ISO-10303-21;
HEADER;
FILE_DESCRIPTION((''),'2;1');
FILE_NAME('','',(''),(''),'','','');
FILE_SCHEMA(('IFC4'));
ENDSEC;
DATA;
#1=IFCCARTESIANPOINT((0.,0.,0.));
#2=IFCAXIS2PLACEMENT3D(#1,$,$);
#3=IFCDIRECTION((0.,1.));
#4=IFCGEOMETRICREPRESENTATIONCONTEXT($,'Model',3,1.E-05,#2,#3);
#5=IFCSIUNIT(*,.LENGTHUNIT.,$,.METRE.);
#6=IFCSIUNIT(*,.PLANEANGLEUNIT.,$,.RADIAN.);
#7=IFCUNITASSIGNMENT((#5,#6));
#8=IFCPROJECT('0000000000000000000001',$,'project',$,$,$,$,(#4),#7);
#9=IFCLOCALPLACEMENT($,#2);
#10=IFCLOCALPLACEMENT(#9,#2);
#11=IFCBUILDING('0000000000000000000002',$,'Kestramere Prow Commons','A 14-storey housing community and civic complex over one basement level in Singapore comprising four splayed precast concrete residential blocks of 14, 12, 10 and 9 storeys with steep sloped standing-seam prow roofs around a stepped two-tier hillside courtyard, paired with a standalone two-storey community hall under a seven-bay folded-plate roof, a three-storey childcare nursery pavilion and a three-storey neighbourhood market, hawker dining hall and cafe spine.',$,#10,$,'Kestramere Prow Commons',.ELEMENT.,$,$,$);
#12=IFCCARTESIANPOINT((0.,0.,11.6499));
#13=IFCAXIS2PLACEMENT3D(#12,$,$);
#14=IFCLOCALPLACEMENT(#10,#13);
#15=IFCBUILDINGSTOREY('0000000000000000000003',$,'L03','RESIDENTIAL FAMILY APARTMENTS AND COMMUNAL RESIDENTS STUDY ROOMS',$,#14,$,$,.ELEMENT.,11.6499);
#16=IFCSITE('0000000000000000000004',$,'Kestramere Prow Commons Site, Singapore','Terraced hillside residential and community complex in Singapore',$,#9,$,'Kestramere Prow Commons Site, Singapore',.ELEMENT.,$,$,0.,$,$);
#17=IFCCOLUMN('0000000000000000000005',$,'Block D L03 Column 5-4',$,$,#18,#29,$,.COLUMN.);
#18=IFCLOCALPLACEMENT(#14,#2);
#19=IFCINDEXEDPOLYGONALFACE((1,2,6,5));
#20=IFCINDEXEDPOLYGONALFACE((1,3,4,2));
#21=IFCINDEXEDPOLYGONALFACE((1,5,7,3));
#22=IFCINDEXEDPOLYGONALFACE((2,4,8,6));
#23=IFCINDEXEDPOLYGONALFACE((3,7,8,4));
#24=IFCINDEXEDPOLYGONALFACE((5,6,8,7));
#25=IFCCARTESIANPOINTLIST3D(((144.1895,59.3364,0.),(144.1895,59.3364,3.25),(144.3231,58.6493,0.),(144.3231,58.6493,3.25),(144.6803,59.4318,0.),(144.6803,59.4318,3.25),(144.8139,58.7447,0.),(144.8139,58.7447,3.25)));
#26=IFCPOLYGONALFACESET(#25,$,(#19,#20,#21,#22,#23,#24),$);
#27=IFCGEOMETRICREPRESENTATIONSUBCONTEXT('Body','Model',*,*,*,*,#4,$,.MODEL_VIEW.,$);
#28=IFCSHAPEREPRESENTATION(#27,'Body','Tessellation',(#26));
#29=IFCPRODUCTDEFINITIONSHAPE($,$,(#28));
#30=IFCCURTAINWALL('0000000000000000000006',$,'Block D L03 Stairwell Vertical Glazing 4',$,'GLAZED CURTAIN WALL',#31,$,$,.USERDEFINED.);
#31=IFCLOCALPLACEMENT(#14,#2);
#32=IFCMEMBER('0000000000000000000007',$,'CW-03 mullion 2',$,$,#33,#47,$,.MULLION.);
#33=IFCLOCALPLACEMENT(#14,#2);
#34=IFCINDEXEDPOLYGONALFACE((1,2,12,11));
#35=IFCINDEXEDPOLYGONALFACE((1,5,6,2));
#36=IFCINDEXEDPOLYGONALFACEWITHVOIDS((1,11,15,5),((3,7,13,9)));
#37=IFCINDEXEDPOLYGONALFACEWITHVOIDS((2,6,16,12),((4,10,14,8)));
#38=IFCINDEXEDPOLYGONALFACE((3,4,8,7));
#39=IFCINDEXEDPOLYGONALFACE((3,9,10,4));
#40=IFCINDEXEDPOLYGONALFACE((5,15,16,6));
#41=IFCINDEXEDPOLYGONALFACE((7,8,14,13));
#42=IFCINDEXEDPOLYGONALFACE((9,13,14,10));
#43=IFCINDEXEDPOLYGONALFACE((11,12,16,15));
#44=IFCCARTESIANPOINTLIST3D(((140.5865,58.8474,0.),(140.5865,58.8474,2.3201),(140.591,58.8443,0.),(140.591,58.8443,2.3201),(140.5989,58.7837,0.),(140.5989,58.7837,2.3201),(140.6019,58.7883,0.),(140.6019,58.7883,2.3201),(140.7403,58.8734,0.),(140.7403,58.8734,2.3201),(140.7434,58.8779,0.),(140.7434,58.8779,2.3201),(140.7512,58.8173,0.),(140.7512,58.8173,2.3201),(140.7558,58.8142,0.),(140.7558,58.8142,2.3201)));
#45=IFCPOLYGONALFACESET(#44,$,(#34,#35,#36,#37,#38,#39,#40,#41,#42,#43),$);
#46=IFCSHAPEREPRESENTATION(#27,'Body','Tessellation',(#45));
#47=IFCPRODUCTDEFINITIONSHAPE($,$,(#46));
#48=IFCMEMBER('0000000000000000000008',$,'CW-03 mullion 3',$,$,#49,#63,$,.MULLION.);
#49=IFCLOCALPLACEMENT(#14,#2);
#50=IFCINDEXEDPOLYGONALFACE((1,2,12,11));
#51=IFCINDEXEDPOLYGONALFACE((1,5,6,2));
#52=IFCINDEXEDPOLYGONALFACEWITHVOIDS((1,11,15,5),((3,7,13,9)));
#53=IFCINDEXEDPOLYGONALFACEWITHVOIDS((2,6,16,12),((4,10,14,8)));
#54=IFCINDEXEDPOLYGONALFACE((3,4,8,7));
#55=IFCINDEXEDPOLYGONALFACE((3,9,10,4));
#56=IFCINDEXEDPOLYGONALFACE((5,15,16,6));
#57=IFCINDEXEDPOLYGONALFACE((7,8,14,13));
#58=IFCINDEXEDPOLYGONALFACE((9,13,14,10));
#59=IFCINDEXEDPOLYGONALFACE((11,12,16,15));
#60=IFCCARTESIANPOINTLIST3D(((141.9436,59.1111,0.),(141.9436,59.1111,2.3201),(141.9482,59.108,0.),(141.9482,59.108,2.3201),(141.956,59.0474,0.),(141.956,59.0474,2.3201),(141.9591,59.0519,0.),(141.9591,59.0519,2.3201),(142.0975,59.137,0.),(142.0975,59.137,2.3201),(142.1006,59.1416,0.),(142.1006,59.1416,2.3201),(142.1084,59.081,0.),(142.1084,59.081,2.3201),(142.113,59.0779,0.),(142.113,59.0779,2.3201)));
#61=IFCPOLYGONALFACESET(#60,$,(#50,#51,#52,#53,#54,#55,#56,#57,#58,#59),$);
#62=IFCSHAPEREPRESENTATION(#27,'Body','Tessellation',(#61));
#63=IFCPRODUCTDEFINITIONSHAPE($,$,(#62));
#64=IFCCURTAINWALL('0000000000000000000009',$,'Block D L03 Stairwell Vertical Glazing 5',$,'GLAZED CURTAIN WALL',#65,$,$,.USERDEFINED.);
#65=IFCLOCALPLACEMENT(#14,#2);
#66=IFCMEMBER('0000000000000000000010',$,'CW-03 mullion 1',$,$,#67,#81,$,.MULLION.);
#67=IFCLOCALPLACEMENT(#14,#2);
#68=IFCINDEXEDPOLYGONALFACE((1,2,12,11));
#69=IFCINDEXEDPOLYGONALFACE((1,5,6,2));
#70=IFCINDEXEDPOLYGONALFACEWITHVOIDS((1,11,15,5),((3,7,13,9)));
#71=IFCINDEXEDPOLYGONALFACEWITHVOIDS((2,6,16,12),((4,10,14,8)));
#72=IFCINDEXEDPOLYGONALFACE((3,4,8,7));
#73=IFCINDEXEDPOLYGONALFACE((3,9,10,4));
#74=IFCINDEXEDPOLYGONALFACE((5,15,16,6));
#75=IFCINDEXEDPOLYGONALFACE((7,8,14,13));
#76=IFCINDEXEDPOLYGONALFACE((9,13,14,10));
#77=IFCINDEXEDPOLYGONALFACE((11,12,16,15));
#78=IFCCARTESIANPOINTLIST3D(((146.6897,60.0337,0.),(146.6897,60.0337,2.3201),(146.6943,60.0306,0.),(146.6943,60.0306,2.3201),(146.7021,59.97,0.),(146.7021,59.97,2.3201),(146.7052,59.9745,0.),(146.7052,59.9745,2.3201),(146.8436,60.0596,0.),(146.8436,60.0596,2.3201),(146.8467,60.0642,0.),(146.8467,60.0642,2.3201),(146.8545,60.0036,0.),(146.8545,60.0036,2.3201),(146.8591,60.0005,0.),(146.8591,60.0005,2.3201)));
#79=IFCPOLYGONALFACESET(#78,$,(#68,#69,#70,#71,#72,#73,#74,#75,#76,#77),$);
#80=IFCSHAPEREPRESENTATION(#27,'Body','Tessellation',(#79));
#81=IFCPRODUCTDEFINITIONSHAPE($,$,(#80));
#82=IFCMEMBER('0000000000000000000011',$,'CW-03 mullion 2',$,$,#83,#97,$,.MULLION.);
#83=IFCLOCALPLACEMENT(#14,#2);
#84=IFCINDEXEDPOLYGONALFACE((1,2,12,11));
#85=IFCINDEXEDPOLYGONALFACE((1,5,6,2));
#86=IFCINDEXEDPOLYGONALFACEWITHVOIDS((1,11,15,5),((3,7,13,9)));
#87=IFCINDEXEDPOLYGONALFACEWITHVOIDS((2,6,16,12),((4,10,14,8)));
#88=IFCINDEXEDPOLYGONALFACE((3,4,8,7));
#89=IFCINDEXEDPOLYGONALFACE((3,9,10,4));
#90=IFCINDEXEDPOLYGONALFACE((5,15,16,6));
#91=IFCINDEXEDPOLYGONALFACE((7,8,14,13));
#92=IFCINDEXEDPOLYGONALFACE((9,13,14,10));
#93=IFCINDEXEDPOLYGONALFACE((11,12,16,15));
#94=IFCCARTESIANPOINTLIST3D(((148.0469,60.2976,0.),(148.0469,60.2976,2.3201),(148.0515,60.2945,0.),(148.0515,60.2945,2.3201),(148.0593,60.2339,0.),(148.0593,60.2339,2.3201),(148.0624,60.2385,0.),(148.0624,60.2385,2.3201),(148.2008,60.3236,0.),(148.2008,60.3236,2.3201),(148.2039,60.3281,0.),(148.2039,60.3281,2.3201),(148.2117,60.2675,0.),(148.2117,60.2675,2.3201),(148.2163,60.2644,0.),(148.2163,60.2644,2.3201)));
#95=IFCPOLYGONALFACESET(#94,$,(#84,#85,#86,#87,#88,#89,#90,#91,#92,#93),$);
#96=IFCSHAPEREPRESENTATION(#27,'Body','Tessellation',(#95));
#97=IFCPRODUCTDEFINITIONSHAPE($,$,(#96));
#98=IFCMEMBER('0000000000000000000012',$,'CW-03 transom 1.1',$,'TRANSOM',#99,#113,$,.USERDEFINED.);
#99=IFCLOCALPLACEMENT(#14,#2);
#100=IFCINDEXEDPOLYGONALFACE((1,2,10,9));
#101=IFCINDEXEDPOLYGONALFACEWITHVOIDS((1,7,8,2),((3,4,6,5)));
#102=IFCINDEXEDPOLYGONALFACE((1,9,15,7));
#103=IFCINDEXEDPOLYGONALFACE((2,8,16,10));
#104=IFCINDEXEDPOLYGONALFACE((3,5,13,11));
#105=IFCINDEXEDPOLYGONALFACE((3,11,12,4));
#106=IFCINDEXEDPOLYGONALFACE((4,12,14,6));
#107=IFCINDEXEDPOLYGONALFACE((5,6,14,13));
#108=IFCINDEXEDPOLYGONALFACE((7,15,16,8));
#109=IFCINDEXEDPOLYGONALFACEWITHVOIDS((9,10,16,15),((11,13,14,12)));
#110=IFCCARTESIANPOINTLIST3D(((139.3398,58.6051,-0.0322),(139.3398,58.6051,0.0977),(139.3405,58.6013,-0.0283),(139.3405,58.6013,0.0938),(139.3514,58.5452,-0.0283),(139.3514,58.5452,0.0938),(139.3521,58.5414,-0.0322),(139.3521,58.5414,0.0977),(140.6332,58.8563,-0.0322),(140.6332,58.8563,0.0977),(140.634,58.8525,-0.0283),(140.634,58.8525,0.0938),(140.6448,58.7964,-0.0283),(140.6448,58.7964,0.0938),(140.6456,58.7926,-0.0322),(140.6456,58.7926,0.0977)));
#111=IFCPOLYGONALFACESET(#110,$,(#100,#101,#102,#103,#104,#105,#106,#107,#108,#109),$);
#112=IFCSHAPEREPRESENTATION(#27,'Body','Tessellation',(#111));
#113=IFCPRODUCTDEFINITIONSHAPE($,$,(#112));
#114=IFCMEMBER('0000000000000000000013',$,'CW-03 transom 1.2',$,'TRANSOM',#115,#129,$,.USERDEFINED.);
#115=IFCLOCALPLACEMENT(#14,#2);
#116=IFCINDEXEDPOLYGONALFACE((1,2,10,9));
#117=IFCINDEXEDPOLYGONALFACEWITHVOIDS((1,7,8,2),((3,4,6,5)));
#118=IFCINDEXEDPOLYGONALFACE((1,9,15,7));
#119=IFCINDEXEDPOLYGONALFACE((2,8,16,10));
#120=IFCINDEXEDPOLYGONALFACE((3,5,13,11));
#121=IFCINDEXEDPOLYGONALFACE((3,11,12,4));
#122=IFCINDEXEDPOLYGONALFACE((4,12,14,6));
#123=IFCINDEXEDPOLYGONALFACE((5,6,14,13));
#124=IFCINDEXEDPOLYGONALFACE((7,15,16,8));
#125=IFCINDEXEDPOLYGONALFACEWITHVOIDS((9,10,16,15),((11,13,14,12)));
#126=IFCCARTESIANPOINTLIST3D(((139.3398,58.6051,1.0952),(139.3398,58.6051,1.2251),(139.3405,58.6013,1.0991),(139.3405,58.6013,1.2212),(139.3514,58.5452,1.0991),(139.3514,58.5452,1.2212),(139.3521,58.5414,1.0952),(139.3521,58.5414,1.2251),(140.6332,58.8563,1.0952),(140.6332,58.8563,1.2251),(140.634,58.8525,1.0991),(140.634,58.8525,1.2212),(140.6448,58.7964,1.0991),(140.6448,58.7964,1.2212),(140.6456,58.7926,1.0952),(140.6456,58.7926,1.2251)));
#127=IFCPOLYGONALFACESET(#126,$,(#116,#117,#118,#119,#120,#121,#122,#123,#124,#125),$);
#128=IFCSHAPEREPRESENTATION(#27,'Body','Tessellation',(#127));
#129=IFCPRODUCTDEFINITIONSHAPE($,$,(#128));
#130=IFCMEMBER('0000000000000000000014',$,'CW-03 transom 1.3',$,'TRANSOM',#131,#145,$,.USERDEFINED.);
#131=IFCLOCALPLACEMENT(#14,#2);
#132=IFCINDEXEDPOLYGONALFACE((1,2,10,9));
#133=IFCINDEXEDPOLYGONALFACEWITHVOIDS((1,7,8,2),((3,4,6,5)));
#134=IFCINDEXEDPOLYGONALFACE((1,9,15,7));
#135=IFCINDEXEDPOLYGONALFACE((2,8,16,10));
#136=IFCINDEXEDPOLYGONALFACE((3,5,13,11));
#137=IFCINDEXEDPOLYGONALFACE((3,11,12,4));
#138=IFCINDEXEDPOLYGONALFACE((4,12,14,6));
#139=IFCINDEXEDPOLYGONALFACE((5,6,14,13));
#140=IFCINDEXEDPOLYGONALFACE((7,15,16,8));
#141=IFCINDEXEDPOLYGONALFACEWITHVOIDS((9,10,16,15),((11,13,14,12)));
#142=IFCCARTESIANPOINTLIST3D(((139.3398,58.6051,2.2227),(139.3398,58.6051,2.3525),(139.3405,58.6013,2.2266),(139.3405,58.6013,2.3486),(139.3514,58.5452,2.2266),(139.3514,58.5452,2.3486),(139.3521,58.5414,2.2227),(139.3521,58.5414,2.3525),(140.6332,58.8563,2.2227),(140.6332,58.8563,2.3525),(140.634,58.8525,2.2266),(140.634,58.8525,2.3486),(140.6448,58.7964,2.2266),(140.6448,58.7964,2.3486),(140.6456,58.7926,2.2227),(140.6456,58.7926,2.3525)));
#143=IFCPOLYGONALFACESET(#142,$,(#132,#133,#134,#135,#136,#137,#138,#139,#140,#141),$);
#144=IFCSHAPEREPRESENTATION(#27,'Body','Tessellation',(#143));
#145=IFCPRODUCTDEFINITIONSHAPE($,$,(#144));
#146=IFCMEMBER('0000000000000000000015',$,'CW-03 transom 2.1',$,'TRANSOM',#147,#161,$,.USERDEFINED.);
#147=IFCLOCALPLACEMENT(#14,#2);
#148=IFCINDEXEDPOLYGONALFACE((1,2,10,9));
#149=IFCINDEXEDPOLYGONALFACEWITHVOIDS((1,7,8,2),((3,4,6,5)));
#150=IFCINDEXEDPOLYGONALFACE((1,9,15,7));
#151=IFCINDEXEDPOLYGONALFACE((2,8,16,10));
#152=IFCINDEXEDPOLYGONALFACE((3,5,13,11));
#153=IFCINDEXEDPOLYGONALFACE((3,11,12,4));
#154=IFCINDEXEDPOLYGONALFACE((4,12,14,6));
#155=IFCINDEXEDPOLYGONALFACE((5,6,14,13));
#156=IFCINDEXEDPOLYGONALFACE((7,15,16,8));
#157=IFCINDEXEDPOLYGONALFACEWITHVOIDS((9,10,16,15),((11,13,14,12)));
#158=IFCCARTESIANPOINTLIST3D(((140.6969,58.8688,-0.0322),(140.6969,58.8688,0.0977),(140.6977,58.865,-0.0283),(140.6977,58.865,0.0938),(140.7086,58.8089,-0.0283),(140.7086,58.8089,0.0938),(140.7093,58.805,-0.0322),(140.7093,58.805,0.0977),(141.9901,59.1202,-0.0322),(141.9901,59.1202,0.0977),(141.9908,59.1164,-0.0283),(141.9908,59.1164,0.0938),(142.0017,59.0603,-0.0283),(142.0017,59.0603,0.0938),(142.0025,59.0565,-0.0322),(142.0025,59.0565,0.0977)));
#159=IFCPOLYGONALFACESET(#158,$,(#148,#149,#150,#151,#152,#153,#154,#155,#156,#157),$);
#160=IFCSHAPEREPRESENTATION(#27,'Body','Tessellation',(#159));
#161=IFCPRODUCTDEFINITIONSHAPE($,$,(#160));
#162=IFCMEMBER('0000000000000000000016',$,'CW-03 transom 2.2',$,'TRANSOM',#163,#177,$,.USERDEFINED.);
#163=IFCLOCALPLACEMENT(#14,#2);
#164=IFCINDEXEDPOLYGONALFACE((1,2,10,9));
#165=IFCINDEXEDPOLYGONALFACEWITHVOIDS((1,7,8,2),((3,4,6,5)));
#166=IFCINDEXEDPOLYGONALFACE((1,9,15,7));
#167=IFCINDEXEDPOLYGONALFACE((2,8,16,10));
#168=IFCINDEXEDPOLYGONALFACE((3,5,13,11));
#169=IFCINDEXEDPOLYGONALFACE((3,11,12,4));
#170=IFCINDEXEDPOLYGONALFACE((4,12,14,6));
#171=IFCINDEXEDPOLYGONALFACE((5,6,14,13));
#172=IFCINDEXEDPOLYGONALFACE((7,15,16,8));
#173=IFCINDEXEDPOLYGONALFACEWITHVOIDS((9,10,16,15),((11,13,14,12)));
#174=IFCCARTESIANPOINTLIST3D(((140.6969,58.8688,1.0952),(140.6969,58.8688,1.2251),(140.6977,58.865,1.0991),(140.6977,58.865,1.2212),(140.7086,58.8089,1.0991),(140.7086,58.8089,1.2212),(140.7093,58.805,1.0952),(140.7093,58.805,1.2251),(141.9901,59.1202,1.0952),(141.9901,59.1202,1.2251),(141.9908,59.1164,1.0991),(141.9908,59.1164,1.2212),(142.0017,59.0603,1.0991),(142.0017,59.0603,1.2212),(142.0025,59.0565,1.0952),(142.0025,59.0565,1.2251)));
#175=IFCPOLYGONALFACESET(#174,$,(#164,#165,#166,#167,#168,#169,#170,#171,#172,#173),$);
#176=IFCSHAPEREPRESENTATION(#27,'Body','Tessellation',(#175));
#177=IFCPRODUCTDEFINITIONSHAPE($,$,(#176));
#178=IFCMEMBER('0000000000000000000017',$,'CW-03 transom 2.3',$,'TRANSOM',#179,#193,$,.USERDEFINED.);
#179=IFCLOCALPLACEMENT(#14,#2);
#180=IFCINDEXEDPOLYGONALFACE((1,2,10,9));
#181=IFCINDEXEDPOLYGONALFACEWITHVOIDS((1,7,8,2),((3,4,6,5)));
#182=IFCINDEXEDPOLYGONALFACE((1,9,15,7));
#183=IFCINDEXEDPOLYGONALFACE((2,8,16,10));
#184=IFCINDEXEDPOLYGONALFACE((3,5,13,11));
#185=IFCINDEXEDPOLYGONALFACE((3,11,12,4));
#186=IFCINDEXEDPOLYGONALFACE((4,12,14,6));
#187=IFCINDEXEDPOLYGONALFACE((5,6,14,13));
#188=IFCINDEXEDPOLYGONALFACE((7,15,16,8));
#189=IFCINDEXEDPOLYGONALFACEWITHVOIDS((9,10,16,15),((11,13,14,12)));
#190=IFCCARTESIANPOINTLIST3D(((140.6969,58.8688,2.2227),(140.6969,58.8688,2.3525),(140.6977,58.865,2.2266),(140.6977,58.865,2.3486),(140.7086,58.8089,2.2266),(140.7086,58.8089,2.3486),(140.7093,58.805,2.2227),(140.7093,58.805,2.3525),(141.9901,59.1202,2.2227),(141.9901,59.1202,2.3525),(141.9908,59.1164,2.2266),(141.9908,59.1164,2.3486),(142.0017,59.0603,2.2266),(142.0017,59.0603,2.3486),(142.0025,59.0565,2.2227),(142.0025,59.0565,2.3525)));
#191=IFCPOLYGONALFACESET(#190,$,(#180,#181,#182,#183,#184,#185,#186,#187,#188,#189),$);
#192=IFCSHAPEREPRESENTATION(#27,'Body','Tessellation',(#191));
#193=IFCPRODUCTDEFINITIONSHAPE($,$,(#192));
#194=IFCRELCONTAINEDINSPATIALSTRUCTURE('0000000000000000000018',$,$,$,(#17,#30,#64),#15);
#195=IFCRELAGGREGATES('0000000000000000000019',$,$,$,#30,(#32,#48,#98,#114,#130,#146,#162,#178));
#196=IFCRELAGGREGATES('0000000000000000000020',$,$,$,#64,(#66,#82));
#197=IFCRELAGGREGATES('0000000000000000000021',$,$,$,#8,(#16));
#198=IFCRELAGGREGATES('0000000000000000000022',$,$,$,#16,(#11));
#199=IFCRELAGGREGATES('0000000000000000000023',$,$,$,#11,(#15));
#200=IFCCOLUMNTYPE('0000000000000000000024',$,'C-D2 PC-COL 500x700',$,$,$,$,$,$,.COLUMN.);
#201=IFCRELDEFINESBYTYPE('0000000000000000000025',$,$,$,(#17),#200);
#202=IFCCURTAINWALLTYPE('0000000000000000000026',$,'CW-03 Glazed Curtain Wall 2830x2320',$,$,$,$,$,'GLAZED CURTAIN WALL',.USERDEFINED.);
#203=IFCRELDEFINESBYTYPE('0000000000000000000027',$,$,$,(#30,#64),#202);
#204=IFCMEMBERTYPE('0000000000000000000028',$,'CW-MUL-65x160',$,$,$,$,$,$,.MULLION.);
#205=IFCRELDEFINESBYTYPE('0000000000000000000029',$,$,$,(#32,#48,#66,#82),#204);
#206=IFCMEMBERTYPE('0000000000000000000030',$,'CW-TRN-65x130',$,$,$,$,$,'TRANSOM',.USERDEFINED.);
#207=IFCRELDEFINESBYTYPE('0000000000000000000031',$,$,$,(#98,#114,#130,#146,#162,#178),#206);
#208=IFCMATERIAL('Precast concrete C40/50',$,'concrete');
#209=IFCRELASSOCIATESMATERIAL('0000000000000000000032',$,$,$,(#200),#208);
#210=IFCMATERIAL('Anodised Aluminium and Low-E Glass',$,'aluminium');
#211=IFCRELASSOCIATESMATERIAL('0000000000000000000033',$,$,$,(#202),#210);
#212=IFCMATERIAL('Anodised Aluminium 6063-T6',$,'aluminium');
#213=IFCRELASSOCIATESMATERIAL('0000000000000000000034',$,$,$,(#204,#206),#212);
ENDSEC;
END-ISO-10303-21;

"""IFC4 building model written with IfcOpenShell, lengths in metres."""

from ifc_helpers import new_model, si_unit, direction, frame, origin, origin_2d, place, context, subcontext, project, spatial, rectangle, hollow_rectangle, extrude, material, material_profile, profile_set, type_object, element, aggregate, save


model = new_model("IFC4")

# Units and contexts
model_context = context("Model", 3, precision=1e-05, world=origin(), true_north=direction((0.0, 1.0)))
body_context = subcontext(model_context, "Body", "Model", "MODEL_VIEW")
ifc_project = project(units=[si_unit("LENGTHUNIT", "METRE"), si_unit("PLANEANGLEUNIT", "RADIAN")], contexts=[model_context])

# Site, building, storey
site_placement = place(None, origin())
site = spatial("IfcSite", under=ifc_project, at=site_placement, Name="Kestramere Prow Commons Site, Singapore", Description="Terraced hillside residential and community complex in Singapore", LongName="Kestramere Prow Commons Site, Singapore", CompositionType="ELEMENT", RefElevation=0.0)
building_placement = place(site_placement, origin())
building = spatial("IfcBuilding", under=site, at=building_placement, Name="Kestramere Prow Commons", Description="A 14-storey housing community and civic complex over one basement level in Singapore comprising four splayed precast concrete residential blocks of 14, 12, 10 and 9 storeys with steep sloped standing-seam prow roofs around a stepped two-tier hillside courtyard, paired with a standalone two-storey community hall under a seven-bay folded-plate roof, a three-storey childcare nursery pavilion and a three-storey neighbourhood market, hawker dining hall and cafe spine.", LongName="Kestramere Prow Commons", CompositionType="ELEMENT")
storey_placement = place(building_placement, frame((0.0, 0.0, 11.6499)))
storey = spatial("IfcBuildingStorey", under=building, at=storey_placement, Name="L03", Description="RESIDENTIAL FAMILY APARTMENTS AND COMMUNAL RESIDENTS STUDY ROOMS", CompositionType="ELEMENT", Elevation=11.6499)

# Column
ifc_material_1 = material(Name="Precast concrete C40/50", Category="concrete")
ifc_material_profile_1 = material_profile(ifc_material_1, rectangle(XDim=0.5, YDim=0.7, at=origin_2d()), Name="PC-COL 500x700")
ifc_profile_set_1 = profile_set([ifc_material_profile_1], Name="Precast concrete C40/50")
column_type = type_object("IfcColumnType", Name="C-D2 PC-COL 500x700", PredefinedType="COLUMN", material=ifc_profile_set_1)
column_placement = place(storey_placement, frame((144.5017, 59.0405, 0.0), z_axis=(0.0, 0.0, 1.0), x_axis=(0.981627, 0.190809, 0.0)))
element("IfcColumn", 1, at=column_placement, inside=storey, type_object=column_type, Name="Block D L03 Column 5-4", PredefinedType="COLUMN", context=body_context, shape_type="SweptSolid", body=[
    extrude(rectangle(XDim=0.5, YDim=0.7, at=origin_2d()), origin(), (0.0, 0.0, 1.0), 3.25),
])

# Curtain walls, members
ifc_material_2 = material(Name="Anodised Aluminium and Low-E Glass", Category="aluminium")
curtain_wall_type = type_object("IfcCurtainWallType", Name="CW-03 Glazed Curtain Wall 2830x2320", ElementType="GLAZED CURTAIN WALL", PredefinedType="USERDEFINED", material=ifc_material_2)
curtain_wall_1_placement = place(storey_placement, origin())
curtain_wall_1 = element("IfcCurtainWall", 2, at=curtain_wall_1_placement, inside=storey, type_object=curtain_wall_type, Name="Block D L03 Stairwell Vertical Glazing 4", ObjectType="GLAZED CURTAIN WALL", PredefinedType="USERDEFINED")
ifc_material_3 = material(Name="Anodised Aluminium 6063-T6", Category="aluminium")
ifc_material_profile_2 = material_profile(ifc_material_3, hollow_rectangle(XDim=0.0649, YDim=0.1599, WallThickness=0.0039, at=origin_2d()), Name="ALU-MUL 65x160")
ifc_profile_set_2 = profile_set([ifc_material_profile_2], Name="Anodised Aluminium 6063-T6")
member_type_1 = type_object("IfcMemberType", Name="CW-MUL-65x160", PredefinedType="MULLION", material=ifc_profile_set_2)
member_1_placement = place(storey_placement, frame((140.6711, 58.8308, 0.0), z_axis=(0.0, 0.0, 1.0), x_axis=(-0.190809, 0.981627, 0.0)))
member_1 = element("IfcMember", 3, at=member_1_placement, type_object=member_type_1, Name="CW-03 mullion 2", PredefinedType="MULLION", context=body_context, shape_type="SweptSolid", body=[
    extrude(hollow_rectangle(XDim=0.0649, YDim=0.1599, WallThickness=0.0039, at=origin_2d()), origin(), (0.0, 0.0, 1.0), 2.3201),
])
member_2_placement = place(storey_placement, frame((142.0283, 59.0945, 0.0), z_axis=(0.0, 0.0, 1.0), x_axis=(-0.190809, 0.981627, 0.0)))
member_2 = element("IfcMember", 4, at=member_2_placement, type_object=member_type_1, Name="CW-03 mullion 3", PredefinedType="MULLION", context=body_context, shape_type="SweptSolid", body=[
    extrude(hollow_rectangle(XDim=0.0649, YDim=0.1599, WallThickness=0.0039, at=origin_2d()), origin(), (0.0, 0.0, 1.0), 2.3201),
])
curtain_wall_2_placement = place(storey_placement, origin())
curtain_wall_2 = element("IfcCurtainWall", 5, at=curtain_wall_2_placement, inside=storey, type_object=curtain_wall_type, Name="Block D L03 Stairwell Vertical Glazing 5", ObjectType="GLAZED CURTAIN WALL", PredefinedType="USERDEFINED")
member_3_placement = place(storey_placement, frame((146.7744, 60.0171, 0.0), z_axis=(0.0, 0.0, 1.0), x_axis=(-0.190809, 0.981627, 0.0)))
member_3 = element("IfcMember", 6, at=member_3_placement, type_object=member_type_1, Name="CW-03 mullion 1", PredefinedType="MULLION", context=body_context, shape_type="SweptSolid", body=[
    extrude(hollow_rectangle(XDim=0.0649, YDim=0.1599, WallThickness=0.0039, at=origin_2d()), origin(), (0.0, 0.0, 1.0), 2.3201),
])
member_4_placement = place(storey_placement, frame((148.1316, 60.281, 0.0), z_axis=(0.0, 0.0, 1.0), x_axis=(-0.190809, 0.981627, 0.0)))
member_4 = element("IfcMember", 7, at=member_4_placement, type_object=member_type_1, Name="CW-03 mullion 2", PredefinedType="MULLION", context=body_context, shape_type="SweptSolid", body=[
    extrude(hollow_rectangle(XDim=0.0649, YDim=0.1599, WallThickness=0.0039, at=origin_2d()), origin(), (0.0, 0.0, 1.0), 2.3201),
])

# Members
ifc_material_profile_3 = material_profile(ifc_material_3, hollow_rectangle(XDim=0.0649, YDim=0.1299, WallThickness=0.0039, at=origin_2d()), Name="ALU-TRN 65x130")
ifc_profile_set_3 = profile_set([ifc_material_profile_3], Name="Anodised Aluminium 6063-T6")
member_type_2 = type_object("IfcMemberType", Name="CW-TRN-65x130", ElementType="TRANSOM", PredefinedType="USERDEFINED", material=ifc_profile_set_3)
member_5_placement = place(storey_placement, frame((139.3459, 58.5732, 0.0327), z_axis=(0.981656, 0.190661, 0.0), x_axis=(-0.190661, 0.981656, 0.0)))
member_5 = element("IfcMember", 8, at=member_5_placement, type_object=member_type_2, Name="CW-03 transom 1.1", ObjectType="TRANSOM", PredefinedType="USERDEFINED", context=body_context, shape_type="SweptSolid", body=[
    extrude(hollow_rectangle(XDim=0.0649, YDim=0.1299, WallThickness=0.0039, at=origin_2d()), origin(), (0.0, 0.0, 1.0), 1.3176),
])
member_6_placement = place(storey_placement, frame((139.3459, 58.5732, 1.1602), z_axis=(0.981656, 0.190661, 0.0), x_axis=(-0.190661, 0.981656, 0.0)))
member_6 = element("IfcMember", 9, at=member_6_placement, type_object=member_type_2, Name="CW-03 transom 1.2", ObjectType="TRANSOM", PredefinedType="USERDEFINED", context=body_context, shape_type="SweptSolid", body=[
    extrude(hollow_rectangle(XDim=0.0649, YDim=0.1299, WallThickness=0.0039, at=origin_2d()), origin(), (0.0, 0.0, 1.0), 1.3176),
])
member_7_placement = place(storey_placement, frame((139.3459, 58.5732, 2.2876), z_axis=(0.981656, 0.190661, 0.0), x_axis=(-0.190661, 0.981656, 0.0)))
member_7 = element("IfcMember", 10, at=member_7_placement, type_object=member_type_2, Name="CW-03 transom 1.3", ObjectType="TRANSOM", PredefinedType="USERDEFINED", context=body_context, shape_type="SweptSolid", body=[
    extrude(hollow_rectangle(XDim=0.0649, YDim=0.1299, WallThickness=0.0039, at=origin_2d()), origin(), (0.0, 0.0, 1.0), 1.3176),
])
member_8_placement = place(storey_placement, frame((140.7031, 58.8369, 0.0327), z_axis=(0.981614, 0.190875, 0.0), x_axis=(-0.190875, 0.981614, 0.0)))
member_8 = element("IfcMember", 11, at=member_8_placement, type_object=member_type_2, Name="CW-03 transom 2.1", ObjectType="TRANSOM", PredefinedType="USERDEFINED", context=body_context, shape_type="SweptSolid", body=[
    extrude(hollow_rectangle(XDim=0.0649, YDim=0.1299, WallThickness=0.0039, at=origin_2d()), origin(), (0.0, 0.0, 1.0), 1.3174),
])
member_9_placement = place(storey_placement, frame((140.7031, 58.8369, 1.1602), z_axis=(0.981614, 0.190875, 0.0), x_axis=(-0.190875, 0.981614, 0.0)))
member_9 = element("IfcMember", 12, at=member_9_placement, type_object=member_type_2, Name="CW-03 transom 2.2", ObjectType="TRANSOM", PredefinedType="USERDEFINED", context=body_context, shape_type="SweptSolid", body=[
    extrude(hollow_rectangle(XDim=0.0649, YDim=0.1299, WallThickness=0.0039, at=origin_2d()), origin(), (0.0, 0.0, 1.0), 1.3174),
])
member_10_placement = place(storey_placement, frame((140.7031, 58.8369, 2.2876), z_axis=(0.981614, 0.190875, 0.0), x_axis=(-0.190875, 0.981614, 0.0)))
member_10 = element("IfcMember", 13, at=member_10_placement, type_object=member_type_2, Name="CW-03 transom 2.3", ObjectType="TRANSOM", PredefinedType="USERDEFINED", context=body_context, shape_type="SweptSolid", body=[
    extrude(hollow_rectangle(XDim=0.0649, YDim=0.1299, WallThickness=0.0039, at=origin_2d()), origin(), (0.0, 0.0, 1.0), 1.3174),
])

aggregate(curtain_wall_1, [member_1, member_2, member_5, member_6, member_7, member_8, member_9, member_10])
aggregate(curtain_wall_2, [member_3, member_4])

save(model, "model.ifc")
